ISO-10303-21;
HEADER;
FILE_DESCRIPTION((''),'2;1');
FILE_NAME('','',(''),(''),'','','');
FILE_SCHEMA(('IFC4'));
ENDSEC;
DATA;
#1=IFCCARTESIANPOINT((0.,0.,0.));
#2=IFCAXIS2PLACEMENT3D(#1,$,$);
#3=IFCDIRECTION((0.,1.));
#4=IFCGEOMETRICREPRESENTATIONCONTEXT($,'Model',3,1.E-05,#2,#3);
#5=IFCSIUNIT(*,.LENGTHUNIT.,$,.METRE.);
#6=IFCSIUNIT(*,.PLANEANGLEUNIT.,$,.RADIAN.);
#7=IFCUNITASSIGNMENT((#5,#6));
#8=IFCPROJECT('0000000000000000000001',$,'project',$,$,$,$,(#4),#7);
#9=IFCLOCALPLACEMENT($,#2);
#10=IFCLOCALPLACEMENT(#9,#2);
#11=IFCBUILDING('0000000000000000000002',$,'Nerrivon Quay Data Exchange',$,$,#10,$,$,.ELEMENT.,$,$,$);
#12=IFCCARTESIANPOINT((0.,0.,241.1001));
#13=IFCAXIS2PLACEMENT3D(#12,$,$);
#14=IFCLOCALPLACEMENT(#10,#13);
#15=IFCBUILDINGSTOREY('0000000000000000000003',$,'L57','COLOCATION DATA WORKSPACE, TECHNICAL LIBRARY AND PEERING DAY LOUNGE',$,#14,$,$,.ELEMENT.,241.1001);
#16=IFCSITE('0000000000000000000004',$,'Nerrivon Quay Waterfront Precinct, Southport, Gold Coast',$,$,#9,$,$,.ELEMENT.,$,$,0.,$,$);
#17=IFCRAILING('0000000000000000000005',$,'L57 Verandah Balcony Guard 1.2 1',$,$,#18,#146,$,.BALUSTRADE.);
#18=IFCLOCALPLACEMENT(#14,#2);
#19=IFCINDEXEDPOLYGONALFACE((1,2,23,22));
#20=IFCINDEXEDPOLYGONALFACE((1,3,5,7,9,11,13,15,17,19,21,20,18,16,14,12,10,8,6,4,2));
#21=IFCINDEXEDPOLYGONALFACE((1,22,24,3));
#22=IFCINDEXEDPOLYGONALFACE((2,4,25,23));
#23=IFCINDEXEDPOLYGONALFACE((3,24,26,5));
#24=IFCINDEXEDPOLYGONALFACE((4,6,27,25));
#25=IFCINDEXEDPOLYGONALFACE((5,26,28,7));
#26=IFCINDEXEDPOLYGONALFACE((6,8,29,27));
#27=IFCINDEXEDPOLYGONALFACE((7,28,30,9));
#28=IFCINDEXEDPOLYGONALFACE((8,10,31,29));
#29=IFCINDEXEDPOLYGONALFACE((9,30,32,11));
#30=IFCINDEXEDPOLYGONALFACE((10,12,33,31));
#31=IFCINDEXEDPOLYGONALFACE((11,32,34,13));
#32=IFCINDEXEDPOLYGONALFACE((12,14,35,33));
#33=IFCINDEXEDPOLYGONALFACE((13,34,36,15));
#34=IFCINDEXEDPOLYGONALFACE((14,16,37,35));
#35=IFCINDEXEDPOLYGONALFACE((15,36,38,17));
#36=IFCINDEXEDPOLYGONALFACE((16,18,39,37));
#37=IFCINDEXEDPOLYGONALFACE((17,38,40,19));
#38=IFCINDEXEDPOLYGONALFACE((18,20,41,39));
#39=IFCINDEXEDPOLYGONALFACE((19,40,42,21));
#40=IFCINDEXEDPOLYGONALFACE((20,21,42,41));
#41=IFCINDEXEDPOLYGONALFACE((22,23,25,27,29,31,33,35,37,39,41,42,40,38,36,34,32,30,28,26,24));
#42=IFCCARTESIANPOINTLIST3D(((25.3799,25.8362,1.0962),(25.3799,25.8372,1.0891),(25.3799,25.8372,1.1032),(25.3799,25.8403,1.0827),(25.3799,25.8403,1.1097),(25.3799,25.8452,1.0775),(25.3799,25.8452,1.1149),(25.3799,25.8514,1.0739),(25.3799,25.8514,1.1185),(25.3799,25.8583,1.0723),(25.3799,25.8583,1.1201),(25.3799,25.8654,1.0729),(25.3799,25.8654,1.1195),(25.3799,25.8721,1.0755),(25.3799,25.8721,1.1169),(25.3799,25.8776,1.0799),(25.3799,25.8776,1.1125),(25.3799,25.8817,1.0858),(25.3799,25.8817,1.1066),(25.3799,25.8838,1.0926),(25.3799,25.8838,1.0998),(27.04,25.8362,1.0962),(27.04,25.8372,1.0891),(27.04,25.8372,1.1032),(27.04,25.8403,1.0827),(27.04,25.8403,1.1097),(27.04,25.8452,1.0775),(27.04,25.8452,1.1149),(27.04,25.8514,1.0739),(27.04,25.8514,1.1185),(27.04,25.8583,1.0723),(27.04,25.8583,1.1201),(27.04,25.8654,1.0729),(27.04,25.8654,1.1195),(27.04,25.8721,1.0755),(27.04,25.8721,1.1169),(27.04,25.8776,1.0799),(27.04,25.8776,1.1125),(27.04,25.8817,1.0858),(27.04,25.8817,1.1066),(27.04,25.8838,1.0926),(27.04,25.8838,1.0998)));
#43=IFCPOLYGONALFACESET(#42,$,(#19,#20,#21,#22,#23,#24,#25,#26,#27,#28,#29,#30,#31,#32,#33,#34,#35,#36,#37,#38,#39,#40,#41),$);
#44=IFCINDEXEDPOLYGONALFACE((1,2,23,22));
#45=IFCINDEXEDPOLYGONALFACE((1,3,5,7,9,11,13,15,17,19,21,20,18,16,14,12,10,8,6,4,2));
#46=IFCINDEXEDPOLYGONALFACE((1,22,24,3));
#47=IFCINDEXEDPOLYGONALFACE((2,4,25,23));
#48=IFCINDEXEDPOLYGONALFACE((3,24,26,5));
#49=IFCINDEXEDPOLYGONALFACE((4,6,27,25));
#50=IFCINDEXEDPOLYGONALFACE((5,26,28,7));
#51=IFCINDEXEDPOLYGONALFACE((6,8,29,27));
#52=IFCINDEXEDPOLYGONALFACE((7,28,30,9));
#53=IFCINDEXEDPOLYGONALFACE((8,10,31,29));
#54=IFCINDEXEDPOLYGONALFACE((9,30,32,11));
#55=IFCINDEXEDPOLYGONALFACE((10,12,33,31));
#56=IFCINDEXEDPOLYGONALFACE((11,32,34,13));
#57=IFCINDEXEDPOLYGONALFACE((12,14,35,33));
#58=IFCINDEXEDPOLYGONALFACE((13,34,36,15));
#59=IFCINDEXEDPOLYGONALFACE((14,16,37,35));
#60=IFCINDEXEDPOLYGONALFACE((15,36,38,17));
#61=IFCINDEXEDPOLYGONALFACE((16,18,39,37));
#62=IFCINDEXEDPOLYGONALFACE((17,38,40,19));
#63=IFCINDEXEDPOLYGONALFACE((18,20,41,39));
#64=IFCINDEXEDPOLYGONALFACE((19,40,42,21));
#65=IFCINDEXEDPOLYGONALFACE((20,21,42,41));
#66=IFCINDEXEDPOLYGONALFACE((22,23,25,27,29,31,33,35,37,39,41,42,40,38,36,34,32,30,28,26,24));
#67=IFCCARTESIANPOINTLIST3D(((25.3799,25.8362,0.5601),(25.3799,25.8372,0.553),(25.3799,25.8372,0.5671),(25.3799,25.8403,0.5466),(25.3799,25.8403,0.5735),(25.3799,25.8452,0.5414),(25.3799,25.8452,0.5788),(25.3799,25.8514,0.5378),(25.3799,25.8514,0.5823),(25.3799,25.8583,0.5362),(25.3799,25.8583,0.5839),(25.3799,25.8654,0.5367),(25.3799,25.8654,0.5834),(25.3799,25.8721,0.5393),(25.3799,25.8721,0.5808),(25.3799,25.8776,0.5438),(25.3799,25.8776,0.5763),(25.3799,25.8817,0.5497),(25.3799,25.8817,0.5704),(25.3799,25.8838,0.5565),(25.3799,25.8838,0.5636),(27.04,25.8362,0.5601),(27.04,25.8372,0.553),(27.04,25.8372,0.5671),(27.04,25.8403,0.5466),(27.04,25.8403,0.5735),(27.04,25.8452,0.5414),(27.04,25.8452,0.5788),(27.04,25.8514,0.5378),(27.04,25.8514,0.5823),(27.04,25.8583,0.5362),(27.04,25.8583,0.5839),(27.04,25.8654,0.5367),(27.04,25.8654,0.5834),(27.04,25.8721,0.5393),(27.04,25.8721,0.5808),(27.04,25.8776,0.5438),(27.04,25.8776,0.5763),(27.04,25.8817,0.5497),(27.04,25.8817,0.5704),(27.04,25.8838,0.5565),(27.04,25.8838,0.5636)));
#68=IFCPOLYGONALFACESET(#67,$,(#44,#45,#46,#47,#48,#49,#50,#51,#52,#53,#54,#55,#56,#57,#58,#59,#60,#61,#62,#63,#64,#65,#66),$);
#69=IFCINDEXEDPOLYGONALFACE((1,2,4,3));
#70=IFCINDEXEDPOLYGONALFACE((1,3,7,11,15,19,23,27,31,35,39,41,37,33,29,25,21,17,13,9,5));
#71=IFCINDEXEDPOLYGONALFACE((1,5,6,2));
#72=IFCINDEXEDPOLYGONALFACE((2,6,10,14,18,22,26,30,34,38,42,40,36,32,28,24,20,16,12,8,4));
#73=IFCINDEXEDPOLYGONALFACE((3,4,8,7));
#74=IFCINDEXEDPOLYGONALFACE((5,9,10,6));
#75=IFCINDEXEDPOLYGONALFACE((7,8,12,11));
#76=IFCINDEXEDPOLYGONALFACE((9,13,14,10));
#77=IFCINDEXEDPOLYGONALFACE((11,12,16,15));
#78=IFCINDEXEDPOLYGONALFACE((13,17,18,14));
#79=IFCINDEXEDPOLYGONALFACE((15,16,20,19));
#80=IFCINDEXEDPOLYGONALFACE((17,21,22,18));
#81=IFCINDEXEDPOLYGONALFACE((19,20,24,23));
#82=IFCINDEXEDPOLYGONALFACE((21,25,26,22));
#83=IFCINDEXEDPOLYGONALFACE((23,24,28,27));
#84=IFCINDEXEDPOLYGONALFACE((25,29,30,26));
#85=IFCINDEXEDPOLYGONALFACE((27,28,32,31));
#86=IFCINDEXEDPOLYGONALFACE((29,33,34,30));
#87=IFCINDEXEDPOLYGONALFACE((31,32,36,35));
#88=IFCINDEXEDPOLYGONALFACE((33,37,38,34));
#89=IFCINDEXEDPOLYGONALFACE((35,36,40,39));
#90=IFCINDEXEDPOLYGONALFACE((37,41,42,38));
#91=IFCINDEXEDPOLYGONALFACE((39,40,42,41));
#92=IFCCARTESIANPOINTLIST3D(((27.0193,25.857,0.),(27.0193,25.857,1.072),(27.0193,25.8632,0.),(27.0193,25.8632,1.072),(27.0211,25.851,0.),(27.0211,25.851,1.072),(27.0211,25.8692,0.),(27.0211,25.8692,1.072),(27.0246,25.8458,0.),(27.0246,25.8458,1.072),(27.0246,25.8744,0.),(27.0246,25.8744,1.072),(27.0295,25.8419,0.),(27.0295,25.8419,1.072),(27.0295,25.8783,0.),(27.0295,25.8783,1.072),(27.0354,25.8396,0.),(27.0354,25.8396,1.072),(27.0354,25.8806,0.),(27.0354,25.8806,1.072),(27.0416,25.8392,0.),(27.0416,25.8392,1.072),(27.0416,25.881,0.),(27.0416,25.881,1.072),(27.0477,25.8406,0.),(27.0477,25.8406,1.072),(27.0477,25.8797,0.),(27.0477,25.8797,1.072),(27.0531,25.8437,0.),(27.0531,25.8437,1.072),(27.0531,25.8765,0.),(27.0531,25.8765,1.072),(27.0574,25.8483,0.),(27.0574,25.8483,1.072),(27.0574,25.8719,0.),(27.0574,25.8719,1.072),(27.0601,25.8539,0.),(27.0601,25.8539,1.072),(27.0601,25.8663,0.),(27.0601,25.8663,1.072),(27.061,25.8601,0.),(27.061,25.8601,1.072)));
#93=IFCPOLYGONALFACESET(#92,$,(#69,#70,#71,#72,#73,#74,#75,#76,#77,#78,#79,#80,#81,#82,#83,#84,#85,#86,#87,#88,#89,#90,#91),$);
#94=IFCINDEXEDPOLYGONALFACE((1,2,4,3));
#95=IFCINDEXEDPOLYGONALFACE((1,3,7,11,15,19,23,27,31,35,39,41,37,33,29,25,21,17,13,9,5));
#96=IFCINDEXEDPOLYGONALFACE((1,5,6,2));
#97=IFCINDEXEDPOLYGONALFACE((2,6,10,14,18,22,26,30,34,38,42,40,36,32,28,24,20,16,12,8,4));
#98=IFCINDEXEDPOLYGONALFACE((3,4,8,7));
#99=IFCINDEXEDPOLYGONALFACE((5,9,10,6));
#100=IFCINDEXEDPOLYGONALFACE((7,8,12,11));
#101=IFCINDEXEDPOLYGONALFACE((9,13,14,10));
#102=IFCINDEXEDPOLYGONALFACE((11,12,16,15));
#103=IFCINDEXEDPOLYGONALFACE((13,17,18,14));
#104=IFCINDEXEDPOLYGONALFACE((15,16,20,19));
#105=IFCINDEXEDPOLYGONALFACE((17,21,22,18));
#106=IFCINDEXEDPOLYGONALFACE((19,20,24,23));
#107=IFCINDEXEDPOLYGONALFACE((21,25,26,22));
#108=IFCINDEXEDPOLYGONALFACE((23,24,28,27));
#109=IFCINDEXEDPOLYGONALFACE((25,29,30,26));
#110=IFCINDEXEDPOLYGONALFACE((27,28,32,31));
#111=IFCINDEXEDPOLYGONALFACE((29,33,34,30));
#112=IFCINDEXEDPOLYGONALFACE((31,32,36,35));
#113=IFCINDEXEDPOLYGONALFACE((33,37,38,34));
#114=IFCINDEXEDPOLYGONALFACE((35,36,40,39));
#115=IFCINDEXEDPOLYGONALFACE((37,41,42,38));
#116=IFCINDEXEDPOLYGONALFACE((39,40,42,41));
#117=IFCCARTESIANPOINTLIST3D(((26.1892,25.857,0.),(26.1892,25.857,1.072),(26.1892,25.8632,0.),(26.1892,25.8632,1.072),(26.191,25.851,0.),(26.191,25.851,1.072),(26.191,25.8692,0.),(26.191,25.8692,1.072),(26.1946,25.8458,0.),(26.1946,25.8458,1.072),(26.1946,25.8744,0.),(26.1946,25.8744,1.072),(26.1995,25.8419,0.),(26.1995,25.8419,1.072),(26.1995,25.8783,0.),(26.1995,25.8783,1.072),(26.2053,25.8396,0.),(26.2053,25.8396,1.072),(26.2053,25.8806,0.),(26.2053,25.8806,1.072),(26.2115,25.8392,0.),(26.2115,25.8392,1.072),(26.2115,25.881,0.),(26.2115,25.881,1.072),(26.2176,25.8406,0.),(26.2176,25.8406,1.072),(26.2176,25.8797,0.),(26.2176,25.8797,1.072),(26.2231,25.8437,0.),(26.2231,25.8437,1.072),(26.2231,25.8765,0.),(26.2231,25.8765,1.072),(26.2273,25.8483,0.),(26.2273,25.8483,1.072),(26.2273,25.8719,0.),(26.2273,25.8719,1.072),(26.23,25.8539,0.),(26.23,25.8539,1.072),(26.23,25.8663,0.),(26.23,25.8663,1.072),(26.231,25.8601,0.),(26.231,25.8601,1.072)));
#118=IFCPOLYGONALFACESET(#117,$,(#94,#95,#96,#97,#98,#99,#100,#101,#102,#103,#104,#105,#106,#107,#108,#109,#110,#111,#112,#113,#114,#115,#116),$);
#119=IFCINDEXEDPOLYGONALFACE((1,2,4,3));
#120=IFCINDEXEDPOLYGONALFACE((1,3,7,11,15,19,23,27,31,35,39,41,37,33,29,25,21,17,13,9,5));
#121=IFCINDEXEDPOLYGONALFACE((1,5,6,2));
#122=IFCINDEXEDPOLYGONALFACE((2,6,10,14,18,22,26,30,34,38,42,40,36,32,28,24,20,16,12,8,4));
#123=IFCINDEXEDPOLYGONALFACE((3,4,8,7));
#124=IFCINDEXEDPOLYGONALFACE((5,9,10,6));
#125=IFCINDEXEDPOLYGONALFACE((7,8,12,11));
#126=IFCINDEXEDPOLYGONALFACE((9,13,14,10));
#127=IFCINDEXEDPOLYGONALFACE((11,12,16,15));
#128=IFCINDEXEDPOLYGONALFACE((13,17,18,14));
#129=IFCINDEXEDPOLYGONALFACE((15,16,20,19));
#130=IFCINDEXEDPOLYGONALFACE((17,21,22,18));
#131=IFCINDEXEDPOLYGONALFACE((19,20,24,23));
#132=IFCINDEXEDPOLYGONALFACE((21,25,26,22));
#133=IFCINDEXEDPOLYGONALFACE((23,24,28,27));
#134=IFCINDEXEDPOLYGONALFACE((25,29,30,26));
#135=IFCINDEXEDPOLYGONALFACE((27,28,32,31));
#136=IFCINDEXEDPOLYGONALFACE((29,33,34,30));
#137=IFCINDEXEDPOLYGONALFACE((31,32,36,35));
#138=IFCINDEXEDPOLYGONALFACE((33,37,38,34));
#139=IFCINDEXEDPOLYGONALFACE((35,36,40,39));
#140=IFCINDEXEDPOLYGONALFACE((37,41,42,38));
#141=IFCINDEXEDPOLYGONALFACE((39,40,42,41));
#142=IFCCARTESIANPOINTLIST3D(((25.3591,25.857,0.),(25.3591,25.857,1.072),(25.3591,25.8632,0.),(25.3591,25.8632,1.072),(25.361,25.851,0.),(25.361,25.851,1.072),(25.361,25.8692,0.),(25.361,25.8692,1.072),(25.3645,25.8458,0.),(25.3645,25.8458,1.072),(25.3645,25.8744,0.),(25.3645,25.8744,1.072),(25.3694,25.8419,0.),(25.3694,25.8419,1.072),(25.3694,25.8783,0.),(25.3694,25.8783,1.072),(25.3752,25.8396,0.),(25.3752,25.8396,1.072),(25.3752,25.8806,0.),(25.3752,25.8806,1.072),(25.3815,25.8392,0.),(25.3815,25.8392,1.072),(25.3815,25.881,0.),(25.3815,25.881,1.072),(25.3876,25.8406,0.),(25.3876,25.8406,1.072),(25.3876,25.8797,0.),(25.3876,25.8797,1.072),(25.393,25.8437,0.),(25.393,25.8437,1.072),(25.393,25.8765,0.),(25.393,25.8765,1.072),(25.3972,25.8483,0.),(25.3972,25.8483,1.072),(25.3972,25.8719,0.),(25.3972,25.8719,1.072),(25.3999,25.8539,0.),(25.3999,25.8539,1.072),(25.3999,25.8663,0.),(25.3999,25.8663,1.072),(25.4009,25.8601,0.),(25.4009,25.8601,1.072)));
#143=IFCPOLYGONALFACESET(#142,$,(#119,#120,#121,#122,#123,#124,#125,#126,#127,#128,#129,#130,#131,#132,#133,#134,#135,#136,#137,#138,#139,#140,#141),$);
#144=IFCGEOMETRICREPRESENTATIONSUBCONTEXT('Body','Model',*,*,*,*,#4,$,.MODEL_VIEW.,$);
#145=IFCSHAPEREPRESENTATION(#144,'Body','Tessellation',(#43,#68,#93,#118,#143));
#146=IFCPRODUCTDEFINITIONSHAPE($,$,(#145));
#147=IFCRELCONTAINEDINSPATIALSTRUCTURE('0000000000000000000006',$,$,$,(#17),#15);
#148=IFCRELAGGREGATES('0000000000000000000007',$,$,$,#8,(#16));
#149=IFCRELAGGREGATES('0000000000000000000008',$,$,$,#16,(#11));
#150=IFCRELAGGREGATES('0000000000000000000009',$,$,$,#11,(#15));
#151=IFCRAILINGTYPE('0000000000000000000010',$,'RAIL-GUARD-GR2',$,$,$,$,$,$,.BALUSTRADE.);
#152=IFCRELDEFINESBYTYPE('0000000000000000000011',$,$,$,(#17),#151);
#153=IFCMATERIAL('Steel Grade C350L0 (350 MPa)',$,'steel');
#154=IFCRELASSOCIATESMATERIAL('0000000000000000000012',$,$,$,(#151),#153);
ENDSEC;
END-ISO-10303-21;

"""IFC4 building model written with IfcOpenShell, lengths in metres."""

from ifc_helpers import new_model, si_unit, direction, frame, origin, origin_2d, place, context, subcontext, project, spatial, circle, extrude, material, type_object, element, save


model = new_model("IFC4")

# Units and contexts
model_context = context("Model", 3, precision=1e-05, world=origin(), true_north=direction((0.0, 1.0)))
body_context = subcontext(model_context, "Body", "Model", "MODEL_VIEW")
ifc_project = project(units=[si_unit("LENGTHUNIT", "METRE"), si_unit("PLANEANGLEUNIT", "RADIAN")], contexts=[model_context])

# Site, building, storey
site_placement = place(None, origin())
site = spatial("IfcSite", under=ifc_project, at=site_placement, Name="Nerrivon Quay Waterfront Precinct, Southport, Gold Coast", CompositionType="ELEMENT", RefElevation=0.0)
building_placement = place(site_placement, origin())
building = spatial("IfcBuilding", under=site, at=building_placement, Name="Nerrivon Quay Data Exchange", CompositionType="ELEMENT")
storey_placement = place(building_placement, frame((0.0, 0.0, 241.1001)))
storey = spatial("IfcBuildingStorey", under=building, at=storey_placement, Name="L57", Description="COLOCATION DATA WORKSPACE, TECHNICAL LIBRARY AND PEERING DAY LOUNGE", CompositionType="ELEMENT", Elevation=241.1001)

# Shared definitions
ifc_material_1 = material(Name="Steel Grade C350L0 (350 MPa)", Category="steel")

# Railing
railing_type = type_object("IfcRailingType", Name="RAIL-GUARD-GR2", PredefinedType="BALUSTRADE", material=ifc_material_1)
railing_1_placement = place(storey_placement, frame((27.04, 25.8601, 0.0)))
element("IfcRailing", 1, at=railing_1_placement, inside=storey, type_object=railing_type, Name="L57 Verandah Balcony Guard 1.2 1", PredefinedType="BALUSTRADE", context=body_context, shape_type="SweptSolid", body=[
    extrude(circle(Radius=0.0239, at=origin_2d()), frame((0.0, 0.0, 1.0962), z_axis=(-1.0, 0.0, 0.0), x_axis=(0.0, -1.0, 0.0)), (0.0, 0.0, 1.0), 1.6602),
    extrude(circle(Radius=0.0239, at=origin_2d()), frame((0.0, 0.0, 0.5601), z_axis=(-1.0, 0.0, 0.0), x_axis=(0.0, -1.0, 0.0)), (0.0, 0.0, 1.0), 1.6602),
    extrude(circle(Radius=0.021, at=origin_2d()), origin(), (0.0, 0.0, 1.0), 1.072),
    extrude(circle(Radius=0.021, at=origin_2d()), frame((-0.8301, 0.0, 0.0)), (0.0, 0.0, 1.0), 1.072),
    extrude(circle(Radius=0.021, at=origin_2d()), frame((-1.6602, 0.0, 0.0)), (0.0, 0.0, 1.0), 1.072),
])

save(model, "model.ifc")
